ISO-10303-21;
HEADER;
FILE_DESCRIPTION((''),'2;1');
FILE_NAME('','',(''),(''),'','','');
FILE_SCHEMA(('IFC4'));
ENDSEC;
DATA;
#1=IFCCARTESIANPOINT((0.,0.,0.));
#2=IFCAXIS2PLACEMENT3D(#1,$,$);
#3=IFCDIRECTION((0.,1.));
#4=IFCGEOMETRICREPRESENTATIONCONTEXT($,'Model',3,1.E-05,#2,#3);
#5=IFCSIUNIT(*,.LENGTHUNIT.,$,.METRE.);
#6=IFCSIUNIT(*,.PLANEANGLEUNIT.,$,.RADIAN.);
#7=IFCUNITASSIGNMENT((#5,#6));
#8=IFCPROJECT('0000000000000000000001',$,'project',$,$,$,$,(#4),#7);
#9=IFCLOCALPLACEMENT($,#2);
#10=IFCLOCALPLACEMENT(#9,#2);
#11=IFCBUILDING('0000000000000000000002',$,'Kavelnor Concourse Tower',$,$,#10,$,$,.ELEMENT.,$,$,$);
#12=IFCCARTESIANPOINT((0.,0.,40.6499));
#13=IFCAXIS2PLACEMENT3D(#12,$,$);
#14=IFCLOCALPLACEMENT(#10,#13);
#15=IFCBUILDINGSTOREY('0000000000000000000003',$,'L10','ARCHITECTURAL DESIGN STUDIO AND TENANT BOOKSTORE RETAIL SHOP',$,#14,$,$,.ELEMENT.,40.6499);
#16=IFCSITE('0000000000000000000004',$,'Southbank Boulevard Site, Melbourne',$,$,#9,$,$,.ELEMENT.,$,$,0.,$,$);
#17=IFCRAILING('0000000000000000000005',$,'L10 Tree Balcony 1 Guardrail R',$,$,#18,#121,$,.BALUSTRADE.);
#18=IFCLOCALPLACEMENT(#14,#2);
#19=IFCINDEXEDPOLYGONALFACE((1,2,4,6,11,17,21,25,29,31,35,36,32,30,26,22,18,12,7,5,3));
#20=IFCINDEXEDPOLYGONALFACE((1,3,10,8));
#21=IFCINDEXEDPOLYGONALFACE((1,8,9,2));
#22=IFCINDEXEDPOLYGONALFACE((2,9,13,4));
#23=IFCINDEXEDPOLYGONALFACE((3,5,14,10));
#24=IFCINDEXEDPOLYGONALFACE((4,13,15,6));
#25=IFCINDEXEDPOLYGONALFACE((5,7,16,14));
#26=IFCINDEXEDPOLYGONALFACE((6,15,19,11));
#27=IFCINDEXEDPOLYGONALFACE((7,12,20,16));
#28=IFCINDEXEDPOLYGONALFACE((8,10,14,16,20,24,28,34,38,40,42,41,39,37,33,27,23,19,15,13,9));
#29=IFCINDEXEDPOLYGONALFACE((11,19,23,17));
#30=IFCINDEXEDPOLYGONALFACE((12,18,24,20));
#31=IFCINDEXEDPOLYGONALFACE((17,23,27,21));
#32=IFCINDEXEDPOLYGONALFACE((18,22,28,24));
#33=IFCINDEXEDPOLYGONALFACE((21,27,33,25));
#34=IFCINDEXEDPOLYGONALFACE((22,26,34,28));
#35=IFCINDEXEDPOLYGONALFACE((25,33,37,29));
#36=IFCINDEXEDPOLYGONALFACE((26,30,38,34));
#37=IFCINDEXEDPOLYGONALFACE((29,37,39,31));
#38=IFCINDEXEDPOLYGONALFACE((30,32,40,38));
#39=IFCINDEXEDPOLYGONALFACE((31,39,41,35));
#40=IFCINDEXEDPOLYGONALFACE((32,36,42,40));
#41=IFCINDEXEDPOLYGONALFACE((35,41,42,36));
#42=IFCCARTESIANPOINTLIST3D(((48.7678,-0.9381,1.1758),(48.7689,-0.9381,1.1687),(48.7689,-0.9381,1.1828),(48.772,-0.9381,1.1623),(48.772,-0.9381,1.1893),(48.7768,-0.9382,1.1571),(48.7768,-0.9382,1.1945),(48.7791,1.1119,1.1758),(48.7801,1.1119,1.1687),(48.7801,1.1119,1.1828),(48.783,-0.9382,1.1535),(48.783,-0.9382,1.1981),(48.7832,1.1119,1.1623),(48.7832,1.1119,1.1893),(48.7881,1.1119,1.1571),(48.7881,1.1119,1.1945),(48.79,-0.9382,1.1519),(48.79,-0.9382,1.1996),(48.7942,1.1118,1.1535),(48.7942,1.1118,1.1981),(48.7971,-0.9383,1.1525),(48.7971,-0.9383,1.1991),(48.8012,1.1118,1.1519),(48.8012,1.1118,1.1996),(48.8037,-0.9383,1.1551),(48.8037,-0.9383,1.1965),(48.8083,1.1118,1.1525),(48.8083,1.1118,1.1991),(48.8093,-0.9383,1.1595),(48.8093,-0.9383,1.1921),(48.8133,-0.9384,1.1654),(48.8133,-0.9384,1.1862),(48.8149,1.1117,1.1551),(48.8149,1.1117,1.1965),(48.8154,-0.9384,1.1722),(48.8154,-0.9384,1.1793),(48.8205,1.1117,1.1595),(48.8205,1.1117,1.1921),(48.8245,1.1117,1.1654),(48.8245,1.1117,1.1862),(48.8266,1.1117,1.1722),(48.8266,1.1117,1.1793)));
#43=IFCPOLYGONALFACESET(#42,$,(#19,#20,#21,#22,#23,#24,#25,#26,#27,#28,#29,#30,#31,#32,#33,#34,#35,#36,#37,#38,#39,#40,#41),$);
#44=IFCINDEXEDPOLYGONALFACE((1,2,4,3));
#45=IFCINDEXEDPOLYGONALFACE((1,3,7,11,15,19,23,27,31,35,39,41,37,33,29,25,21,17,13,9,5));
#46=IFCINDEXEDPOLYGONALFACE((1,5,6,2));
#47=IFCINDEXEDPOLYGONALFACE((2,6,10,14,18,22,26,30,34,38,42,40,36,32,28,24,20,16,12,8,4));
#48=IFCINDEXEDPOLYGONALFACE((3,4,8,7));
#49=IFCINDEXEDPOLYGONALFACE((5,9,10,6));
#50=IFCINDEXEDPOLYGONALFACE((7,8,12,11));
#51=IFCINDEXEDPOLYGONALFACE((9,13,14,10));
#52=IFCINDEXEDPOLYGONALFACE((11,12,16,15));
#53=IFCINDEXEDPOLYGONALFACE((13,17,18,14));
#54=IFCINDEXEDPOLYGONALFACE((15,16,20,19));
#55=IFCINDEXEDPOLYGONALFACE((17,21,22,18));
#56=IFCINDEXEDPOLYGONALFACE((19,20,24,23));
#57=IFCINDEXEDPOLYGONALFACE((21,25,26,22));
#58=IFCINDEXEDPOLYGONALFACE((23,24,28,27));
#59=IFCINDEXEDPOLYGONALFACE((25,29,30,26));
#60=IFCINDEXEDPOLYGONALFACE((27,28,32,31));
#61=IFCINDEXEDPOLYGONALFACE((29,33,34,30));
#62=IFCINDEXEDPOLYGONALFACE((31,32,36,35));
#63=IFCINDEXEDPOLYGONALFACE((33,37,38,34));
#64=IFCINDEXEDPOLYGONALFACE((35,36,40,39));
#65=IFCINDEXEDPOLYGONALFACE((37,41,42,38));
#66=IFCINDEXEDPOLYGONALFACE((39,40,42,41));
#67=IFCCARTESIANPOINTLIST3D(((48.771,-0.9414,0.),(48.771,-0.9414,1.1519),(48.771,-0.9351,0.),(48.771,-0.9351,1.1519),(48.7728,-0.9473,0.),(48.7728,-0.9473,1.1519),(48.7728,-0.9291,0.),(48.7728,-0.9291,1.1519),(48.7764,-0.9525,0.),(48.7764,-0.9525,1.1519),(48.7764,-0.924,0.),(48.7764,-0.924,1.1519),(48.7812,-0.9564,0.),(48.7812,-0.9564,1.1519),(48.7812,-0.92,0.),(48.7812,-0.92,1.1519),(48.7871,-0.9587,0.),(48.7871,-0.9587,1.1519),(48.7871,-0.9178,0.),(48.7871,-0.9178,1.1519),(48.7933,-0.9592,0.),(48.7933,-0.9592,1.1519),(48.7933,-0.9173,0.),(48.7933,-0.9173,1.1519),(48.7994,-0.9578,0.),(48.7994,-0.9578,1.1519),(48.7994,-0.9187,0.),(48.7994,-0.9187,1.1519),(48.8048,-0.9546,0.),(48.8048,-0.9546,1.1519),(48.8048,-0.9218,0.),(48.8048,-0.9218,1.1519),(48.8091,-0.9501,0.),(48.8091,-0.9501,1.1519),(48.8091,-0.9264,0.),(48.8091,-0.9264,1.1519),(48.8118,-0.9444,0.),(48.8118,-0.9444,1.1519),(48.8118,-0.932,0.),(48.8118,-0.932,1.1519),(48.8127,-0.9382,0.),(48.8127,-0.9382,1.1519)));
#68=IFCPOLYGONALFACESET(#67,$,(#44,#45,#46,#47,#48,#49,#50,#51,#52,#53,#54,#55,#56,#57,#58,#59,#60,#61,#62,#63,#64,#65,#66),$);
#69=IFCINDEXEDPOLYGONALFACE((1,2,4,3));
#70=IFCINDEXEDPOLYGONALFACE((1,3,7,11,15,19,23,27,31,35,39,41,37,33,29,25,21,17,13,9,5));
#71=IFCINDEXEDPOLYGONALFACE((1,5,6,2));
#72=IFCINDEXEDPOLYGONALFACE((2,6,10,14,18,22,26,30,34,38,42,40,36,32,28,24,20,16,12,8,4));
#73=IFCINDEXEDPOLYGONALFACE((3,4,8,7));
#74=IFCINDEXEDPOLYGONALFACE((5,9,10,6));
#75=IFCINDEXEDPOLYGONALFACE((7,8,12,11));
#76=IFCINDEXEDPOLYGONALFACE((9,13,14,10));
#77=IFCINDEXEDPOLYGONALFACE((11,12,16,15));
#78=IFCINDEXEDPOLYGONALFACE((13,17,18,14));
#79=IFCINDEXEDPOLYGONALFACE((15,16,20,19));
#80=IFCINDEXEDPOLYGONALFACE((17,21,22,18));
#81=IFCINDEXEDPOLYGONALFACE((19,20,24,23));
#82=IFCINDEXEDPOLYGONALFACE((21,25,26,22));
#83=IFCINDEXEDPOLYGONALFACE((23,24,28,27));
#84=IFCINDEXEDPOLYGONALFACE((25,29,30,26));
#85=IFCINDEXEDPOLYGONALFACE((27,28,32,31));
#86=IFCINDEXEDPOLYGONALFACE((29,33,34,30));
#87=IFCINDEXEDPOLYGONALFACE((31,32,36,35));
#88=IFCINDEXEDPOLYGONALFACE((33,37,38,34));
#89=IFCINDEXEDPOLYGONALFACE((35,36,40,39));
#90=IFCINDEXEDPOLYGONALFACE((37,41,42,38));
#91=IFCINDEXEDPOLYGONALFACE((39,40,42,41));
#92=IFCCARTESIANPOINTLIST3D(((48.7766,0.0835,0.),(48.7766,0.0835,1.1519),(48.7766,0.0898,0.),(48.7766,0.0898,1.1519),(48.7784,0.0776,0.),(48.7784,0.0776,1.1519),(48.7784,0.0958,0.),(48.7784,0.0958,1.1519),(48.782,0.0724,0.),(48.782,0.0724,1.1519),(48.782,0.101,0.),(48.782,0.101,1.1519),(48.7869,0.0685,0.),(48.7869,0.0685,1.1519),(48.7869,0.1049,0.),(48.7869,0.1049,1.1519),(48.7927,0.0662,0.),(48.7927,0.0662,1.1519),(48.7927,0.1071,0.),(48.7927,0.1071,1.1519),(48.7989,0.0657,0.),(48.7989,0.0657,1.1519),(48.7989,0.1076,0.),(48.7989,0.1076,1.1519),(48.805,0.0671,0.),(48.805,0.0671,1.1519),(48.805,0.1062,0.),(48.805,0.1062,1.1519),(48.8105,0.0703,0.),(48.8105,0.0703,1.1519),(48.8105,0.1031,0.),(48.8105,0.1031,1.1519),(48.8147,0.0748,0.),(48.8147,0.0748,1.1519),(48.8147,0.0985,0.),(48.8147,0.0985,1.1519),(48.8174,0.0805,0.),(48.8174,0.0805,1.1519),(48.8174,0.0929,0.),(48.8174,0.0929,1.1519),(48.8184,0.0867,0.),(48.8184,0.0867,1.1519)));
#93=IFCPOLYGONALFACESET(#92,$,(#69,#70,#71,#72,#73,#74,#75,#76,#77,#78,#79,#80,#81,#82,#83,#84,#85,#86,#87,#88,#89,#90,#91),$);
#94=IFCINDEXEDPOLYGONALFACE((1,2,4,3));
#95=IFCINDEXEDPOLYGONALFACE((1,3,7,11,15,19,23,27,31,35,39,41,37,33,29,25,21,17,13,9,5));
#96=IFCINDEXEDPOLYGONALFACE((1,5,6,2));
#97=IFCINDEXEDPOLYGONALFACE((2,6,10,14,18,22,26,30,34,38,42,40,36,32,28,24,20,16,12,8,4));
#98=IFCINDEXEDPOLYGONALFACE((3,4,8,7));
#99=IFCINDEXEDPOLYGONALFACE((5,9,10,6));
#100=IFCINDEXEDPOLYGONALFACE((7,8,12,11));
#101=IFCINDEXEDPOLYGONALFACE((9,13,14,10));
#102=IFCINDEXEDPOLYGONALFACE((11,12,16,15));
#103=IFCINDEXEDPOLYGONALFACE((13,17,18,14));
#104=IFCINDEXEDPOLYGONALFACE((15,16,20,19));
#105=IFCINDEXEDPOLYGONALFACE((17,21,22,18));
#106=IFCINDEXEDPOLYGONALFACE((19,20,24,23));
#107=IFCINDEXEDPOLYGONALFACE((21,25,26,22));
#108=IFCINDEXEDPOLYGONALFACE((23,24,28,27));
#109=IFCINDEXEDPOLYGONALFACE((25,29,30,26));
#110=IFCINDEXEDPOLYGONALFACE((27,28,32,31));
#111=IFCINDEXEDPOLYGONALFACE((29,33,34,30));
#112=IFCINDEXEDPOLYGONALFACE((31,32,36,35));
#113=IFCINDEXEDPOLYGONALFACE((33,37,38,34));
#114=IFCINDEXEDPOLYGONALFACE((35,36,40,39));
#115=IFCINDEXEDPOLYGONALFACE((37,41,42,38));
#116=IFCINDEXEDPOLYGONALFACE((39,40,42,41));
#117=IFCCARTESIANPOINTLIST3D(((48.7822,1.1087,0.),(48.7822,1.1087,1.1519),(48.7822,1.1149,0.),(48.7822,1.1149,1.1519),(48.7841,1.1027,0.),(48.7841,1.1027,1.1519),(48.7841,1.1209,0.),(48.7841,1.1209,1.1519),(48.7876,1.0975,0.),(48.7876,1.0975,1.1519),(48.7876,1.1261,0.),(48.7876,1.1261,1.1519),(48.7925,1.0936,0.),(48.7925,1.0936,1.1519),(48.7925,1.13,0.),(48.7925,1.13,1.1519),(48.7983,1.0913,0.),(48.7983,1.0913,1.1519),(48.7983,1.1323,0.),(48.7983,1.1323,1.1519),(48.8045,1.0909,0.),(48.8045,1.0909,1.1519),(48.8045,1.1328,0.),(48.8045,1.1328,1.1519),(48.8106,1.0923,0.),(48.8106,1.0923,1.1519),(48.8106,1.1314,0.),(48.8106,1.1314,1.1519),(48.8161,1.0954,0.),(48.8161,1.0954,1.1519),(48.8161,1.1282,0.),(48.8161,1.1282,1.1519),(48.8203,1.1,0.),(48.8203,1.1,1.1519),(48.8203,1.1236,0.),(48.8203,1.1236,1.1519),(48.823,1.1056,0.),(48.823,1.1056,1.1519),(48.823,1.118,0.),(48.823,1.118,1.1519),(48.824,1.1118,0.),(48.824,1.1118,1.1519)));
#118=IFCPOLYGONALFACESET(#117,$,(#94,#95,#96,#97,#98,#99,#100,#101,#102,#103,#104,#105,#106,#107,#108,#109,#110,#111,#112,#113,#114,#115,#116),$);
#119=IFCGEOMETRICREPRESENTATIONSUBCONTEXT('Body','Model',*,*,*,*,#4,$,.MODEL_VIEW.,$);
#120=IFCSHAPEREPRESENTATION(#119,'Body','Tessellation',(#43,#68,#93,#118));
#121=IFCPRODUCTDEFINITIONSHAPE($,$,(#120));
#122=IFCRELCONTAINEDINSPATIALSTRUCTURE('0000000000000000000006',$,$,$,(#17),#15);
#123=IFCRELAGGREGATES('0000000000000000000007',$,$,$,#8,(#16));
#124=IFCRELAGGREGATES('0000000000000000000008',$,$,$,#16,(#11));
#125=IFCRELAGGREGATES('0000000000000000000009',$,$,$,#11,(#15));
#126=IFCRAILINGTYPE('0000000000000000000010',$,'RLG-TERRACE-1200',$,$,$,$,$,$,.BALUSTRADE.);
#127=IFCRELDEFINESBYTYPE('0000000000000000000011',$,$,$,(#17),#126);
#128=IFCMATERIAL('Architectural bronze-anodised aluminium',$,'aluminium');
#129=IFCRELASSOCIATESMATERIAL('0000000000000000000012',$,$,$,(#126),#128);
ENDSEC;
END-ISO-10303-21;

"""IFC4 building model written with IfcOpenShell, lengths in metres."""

from ifc_helpers import new_model, si_unit, direction, frame, origin, origin_2d, place, context, subcontext, project, spatial, circle, extrude, material, type_object, element, save


model = new_model("IFC4")

# Units and contexts
model_context = context("Model", 3, precision=1e-05, world=origin(), true_north=direction((0.0, 1.0)))
body_context = subcontext(model_context, "Body", "Model", "MODEL_VIEW")
ifc_project = project(units=[si_unit("LENGTHUNIT", "METRE"), si_unit("PLANEANGLEUNIT", "RADIAN")], contexts=[model_context])

# Site, building, storey
site_placement = place(None, origin())
site = spatial("IfcSite", under=ifc_project, at=site_placement, Name="Southbank Boulevard Site, Melbourne", CompositionType="ELEMENT", RefElevation=0.0)
building_placement = place(site_placement, origin())
building = spatial("IfcBuilding", under=site, at=building_placement, Name="Kavelnor Concourse Tower", CompositionType="ELEMENT")
storey_placement = place(building_placement, frame((0.0, 0.0, 40.6499)))
storey = spatial("IfcBuildingStorey", under=building, at=storey_placement, Name="L10", Description="ARCHITECTURAL DESIGN STUDIO AND TENANT BOOKSTORE RETAIL SHOP", CompositionType="ELEMENT", Elevation=40.6499)

# Railing
ifc_material_1 = material(Name="Architectural bronze-anodised aluminium", Category="aluminium")
railing_type_1 = type_object("IfcRailingType", Name="RLG-TERRACE-1200", PredefinedType="BALUSTRADE", material=ifc_material_1)
railing_1_placement = place(storey_placement, frame((48.7917, -0.9382, 0.0)))
element("IfcRailing", 1, at=railing_1_placement, inside=storey, type_object=railing_type_1, Name="L10 Tree Balcony 1 Guardrail R", PredefinedType="BALUSTRADE", context=body_context, shape_type="SweptSolid", body=[
    extrude(circle(Radius=0.0239, at=origin_2d()), frame((0.0, 0.0, 1.1758), z_axis=(0.005478, 0.999985, 0.0), x_axis=(-0.999985, 0.005478, 0.0)), (0.0, 0.0, 1.0), 2.05),
    extrude(circle(Radius=0.021, at=origin_2d()), origin(), (0.0, 0.0, 1.0), 1.1519),
    extrude(circle(Radius=0.021, at=origin_2d()), frame((0.0056, 1.0249, 0.0)), (0.0, 0.0, 1.0), 1.1519),
    extrude(circle(Radius=0.021, at=origin_2d()), frame((0.0112, 2.05, 0.0)), (0.0, 0.0, 1.0), 1.1519),
])

save(model, "model.ifc")
